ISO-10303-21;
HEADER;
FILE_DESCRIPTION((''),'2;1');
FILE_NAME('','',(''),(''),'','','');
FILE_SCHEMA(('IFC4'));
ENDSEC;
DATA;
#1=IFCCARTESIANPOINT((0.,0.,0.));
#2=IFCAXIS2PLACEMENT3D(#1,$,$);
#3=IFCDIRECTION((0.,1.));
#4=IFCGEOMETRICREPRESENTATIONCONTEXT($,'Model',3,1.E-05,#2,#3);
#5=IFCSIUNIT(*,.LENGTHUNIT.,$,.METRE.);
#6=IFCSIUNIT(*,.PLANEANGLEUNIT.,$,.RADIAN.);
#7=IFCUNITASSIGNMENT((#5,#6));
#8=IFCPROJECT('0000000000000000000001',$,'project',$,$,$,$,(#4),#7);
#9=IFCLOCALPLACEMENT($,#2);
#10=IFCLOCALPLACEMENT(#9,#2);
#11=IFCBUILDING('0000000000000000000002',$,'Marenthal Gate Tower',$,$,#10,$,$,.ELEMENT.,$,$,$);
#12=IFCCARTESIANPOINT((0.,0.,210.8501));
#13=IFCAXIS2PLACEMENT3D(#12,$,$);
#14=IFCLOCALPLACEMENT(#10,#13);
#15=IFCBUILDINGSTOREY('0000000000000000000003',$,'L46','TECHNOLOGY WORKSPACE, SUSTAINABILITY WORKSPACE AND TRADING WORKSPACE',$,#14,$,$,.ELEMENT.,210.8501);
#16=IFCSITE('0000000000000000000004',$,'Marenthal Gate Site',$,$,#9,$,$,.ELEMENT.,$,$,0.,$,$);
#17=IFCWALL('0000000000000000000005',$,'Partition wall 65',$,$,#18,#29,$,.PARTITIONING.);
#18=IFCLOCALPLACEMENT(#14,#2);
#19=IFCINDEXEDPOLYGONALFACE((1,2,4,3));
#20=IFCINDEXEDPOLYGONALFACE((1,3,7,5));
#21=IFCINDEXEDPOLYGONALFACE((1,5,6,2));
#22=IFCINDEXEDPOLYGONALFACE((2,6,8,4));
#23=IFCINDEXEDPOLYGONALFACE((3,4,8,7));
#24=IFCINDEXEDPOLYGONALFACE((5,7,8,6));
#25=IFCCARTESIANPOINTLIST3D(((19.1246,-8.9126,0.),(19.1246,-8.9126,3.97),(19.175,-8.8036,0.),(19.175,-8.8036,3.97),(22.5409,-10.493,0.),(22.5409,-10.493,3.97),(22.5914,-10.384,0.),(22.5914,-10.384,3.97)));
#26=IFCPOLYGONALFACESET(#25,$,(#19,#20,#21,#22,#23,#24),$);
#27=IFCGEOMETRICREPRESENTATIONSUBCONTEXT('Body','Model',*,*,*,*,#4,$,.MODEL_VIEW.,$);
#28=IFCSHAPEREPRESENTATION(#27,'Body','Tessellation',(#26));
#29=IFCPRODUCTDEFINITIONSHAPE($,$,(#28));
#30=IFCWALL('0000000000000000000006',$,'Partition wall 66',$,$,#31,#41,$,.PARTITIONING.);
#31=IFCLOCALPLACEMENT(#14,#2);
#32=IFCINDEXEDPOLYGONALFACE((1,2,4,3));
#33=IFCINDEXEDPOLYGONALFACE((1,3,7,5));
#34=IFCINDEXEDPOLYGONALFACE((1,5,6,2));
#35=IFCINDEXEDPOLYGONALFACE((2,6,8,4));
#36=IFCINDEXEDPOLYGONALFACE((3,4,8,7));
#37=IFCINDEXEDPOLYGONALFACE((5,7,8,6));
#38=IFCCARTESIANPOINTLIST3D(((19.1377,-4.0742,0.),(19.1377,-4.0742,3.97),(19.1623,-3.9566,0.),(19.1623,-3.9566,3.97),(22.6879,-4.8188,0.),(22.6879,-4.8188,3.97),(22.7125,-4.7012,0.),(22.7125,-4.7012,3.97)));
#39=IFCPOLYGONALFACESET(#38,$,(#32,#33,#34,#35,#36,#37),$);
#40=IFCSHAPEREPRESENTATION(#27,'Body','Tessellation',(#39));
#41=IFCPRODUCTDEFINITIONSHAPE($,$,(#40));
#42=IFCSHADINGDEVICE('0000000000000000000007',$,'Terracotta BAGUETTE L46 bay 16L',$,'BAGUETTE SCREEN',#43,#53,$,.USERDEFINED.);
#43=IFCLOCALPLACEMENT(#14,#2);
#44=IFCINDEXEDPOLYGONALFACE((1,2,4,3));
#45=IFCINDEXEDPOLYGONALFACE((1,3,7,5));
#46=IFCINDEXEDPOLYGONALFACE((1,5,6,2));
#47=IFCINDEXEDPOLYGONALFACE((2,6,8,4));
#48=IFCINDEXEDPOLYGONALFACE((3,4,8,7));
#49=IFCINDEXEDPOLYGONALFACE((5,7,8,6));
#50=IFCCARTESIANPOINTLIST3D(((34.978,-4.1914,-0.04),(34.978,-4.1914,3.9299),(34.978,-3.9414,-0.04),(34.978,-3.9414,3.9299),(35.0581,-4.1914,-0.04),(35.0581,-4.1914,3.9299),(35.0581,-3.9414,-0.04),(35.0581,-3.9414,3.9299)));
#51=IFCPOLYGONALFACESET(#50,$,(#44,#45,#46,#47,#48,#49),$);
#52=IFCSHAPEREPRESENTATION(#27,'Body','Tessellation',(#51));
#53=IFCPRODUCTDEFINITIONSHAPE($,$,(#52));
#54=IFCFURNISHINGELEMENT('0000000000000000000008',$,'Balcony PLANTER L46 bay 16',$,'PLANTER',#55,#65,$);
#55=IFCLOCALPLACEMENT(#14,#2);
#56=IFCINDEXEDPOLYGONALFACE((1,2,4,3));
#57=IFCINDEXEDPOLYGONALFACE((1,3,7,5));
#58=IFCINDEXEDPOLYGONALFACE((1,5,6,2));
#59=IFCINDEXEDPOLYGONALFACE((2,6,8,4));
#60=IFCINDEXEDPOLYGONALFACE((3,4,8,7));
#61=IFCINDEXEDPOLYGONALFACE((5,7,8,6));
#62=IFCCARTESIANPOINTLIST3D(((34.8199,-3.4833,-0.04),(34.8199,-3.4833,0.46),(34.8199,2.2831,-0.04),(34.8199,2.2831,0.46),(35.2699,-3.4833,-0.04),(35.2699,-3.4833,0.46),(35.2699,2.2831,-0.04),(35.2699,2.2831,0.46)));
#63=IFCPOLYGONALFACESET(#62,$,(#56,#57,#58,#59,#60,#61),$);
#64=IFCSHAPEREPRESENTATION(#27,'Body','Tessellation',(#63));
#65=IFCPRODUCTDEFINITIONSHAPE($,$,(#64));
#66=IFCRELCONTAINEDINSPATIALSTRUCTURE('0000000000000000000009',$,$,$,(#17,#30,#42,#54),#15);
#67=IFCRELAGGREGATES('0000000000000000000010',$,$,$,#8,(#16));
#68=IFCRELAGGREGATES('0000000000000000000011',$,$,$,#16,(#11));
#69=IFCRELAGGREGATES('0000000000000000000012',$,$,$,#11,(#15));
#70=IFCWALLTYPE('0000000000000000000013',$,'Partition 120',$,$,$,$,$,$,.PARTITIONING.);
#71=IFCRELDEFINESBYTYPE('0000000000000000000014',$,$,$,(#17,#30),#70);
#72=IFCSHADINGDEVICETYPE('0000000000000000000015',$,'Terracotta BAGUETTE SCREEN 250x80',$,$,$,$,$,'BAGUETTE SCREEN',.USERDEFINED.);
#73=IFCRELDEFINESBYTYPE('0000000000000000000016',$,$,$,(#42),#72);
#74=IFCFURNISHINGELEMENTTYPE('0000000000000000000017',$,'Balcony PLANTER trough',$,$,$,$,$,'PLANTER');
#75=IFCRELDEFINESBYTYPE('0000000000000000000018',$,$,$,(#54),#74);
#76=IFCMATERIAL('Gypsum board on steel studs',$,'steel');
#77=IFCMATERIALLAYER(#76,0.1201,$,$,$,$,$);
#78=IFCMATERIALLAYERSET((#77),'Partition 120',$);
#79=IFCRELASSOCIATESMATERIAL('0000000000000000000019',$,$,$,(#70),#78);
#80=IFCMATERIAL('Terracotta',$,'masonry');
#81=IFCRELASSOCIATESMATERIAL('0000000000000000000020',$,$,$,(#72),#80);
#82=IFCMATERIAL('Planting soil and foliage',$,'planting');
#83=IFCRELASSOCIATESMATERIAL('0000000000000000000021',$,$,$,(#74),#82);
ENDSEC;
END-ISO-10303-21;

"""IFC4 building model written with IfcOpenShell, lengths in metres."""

from ifc_helpers import new_model, si_unit, direction, frame, frame_2d, origin, origin_2d, place, context, subcontext, project, spatial, rectangle, extrude, material, layer, layer_set, material_profile, profile_set, type_object, element, save


model = new_model("IFC4")

# Units and contexts
model_context = context("Model", 3, precision=1e-05, world=origin(), true_north=direction((0.0, 1.0)))
body_context = subcontext(model_context, "Body", "Model", "MODEL_VIEW")
ifc_project = project(units=[si_unit("LENGTHUNIT", "METRE"), si_unit("PLANEANGLEUNIT", "RADIAN")], contexts=[model_context])

# Site, building, storey
site_placement = place(None, origin())
site = spatial("IfcSite", under=ifc_project, at=site_placement, Name="Marenthal Gate Site", CompositionType="ELEMENT", RefElevation=0.0)
building_placement = place(site_placement, origin())
building = spatial("IfcBuilding", under=site, at=building_placement, Name="Marenthal Gate Tower", CompositionType="ELEMENT")
storey_placement = place(building_placement, frame((0.0, 0.0, 210.8501)))
storey = spatial("IfcBuildingStorey", under=building, at=storey_placement, Name="L46", Description="TECHNOLOGY WORKSPACE, SUSTAINABILITY WORKSPACE AND TRADING WORKSPACE", CompositionType="ELEMENT", Elevation=210.8501)

# Walls
ifc_material_1 = material(Name="Gypsum board on steel studs", Category="steel")
ifc_layer_1 = layer(ifc_material_1, 0.1201)
ifc_layer_set_1 = layer_set([ifc_layer_1], Name="Partition 120")
wall_type_1 = type_object("IfcWallType", Name="Partition 120", PredefinedType="PARTITIONING", material=ifc_layer_set_1)
wall_1_placement = place(storey_placement, frame((22.5662, -10.4385, 0.0), z_axis=(0.0, 0.0, 1.0), x_axis=(-0.907596, 0.419844, 0.0)))
element("IfcWall", 1, at=wall_1_placement, inside=storey, type_object=wall_type_1, Name="Partition wall 65", PredefinedType="PARTITIONING", context=body_context, shape_type="SweptSolid", body=[
    extrude(rectangle(XDim=3.7642, YDim=0.1201, at=frame_2d((1.8821, 0.0))), origin(), (0.0, 0.0, 1.0), 3.97),
])
wall_2_placement = place(storey_placement, frame((22.7002, -4.76, 0.0), z_axis=(0.0, 0.0, 1.0), x_axis=(-0.978705, 0.205271, 0.0)))
element("IfcWall", 2, at=wall_2_placement, inside=storey, type_object=wall_type_1, Name="Partition wall 66", PredefinedType="PARTITIONING", context=body_context, shape_type="SweptSolid", body=[
    extrude(rectangle(XDim=3.6274, YDim=0.1201, at=frame_2d((1.8137, 0.0))), origin(), (0.0, 0.0, 1.0), 3.97),
])

# Shading device
ifc_material_2 = material(Name="Terracotta", Category="masonry")
ifc_material_profile_1 = material_profile(ifc_material_2, rectangle(XDim=0.25, YDim=0.0801, at=origin_2d()), Name="Terracotta baguette 250x80")
ifc_profile_set_1 = profile_set([ifc_material_profile_1], Name="Terracotta")
shading_device_type = type_object("IfcShadingDeviceType", Name="Terracotta BAGUETTE SCREEN 250x80", ElementType="BAGUETTE SCREEN", PredefinedType="USERDEFINED", material=ifc_profile_set_1)
shading_device_placement = place(storey_placement, frame((35.0181, -4.0664, -0.04), z_axis=(0.0, 0.0, 1.0), x_axis=(0.0, 1.0, 0.0)))
element("IfcShadingDevice", 3, at=shading_device_placement, inside=storey, type_object=shading_device_type, Name="Terracotta BAGUETTE L46 bay 16L", ObjectType="BAGUETTE SCREEN", PredefinedType="USERDEFINED", context=body_context, shape_type="SweptSolid", body=[
    extrude(rectangle(XDim=0.25, YDim=0.0801, at=origin_2d()), origin(), (0.0, 0.0, 1.0), 3.97),
])

# Furnishing element
ifc_material_3 = material(Name="Planting soil and foliage", Category="planting")
furnishing_element_type = type_object("IfcFurnishingElementType", Name="Balcony PLANTER trough", ElementType="PLANTER", material=ifc_material_3)
furnishing_placement = place(storey_placement, frame((35.0449, -0.6001, -0.04), z_axis=(0.0, 0.0, 1.0), x_axis=(0.0, 1.0, 0.0)))
element("IfcFurnishingElement", 4, at=furnishing_placement, inside=storey, type_object=furnishing_element_type, Name="Balcony PLANTER L46 bay 16", ObjectType="PLANTER", context=body_context, shape_type="SweptSolid", body=[
    extrude(rectangle(XDim=5.7664, YDim=0.45, at=origin_2d()), origin(), (0.0, 0.0, 1.0), 0.5),
])

save(model, "model.ifc")
